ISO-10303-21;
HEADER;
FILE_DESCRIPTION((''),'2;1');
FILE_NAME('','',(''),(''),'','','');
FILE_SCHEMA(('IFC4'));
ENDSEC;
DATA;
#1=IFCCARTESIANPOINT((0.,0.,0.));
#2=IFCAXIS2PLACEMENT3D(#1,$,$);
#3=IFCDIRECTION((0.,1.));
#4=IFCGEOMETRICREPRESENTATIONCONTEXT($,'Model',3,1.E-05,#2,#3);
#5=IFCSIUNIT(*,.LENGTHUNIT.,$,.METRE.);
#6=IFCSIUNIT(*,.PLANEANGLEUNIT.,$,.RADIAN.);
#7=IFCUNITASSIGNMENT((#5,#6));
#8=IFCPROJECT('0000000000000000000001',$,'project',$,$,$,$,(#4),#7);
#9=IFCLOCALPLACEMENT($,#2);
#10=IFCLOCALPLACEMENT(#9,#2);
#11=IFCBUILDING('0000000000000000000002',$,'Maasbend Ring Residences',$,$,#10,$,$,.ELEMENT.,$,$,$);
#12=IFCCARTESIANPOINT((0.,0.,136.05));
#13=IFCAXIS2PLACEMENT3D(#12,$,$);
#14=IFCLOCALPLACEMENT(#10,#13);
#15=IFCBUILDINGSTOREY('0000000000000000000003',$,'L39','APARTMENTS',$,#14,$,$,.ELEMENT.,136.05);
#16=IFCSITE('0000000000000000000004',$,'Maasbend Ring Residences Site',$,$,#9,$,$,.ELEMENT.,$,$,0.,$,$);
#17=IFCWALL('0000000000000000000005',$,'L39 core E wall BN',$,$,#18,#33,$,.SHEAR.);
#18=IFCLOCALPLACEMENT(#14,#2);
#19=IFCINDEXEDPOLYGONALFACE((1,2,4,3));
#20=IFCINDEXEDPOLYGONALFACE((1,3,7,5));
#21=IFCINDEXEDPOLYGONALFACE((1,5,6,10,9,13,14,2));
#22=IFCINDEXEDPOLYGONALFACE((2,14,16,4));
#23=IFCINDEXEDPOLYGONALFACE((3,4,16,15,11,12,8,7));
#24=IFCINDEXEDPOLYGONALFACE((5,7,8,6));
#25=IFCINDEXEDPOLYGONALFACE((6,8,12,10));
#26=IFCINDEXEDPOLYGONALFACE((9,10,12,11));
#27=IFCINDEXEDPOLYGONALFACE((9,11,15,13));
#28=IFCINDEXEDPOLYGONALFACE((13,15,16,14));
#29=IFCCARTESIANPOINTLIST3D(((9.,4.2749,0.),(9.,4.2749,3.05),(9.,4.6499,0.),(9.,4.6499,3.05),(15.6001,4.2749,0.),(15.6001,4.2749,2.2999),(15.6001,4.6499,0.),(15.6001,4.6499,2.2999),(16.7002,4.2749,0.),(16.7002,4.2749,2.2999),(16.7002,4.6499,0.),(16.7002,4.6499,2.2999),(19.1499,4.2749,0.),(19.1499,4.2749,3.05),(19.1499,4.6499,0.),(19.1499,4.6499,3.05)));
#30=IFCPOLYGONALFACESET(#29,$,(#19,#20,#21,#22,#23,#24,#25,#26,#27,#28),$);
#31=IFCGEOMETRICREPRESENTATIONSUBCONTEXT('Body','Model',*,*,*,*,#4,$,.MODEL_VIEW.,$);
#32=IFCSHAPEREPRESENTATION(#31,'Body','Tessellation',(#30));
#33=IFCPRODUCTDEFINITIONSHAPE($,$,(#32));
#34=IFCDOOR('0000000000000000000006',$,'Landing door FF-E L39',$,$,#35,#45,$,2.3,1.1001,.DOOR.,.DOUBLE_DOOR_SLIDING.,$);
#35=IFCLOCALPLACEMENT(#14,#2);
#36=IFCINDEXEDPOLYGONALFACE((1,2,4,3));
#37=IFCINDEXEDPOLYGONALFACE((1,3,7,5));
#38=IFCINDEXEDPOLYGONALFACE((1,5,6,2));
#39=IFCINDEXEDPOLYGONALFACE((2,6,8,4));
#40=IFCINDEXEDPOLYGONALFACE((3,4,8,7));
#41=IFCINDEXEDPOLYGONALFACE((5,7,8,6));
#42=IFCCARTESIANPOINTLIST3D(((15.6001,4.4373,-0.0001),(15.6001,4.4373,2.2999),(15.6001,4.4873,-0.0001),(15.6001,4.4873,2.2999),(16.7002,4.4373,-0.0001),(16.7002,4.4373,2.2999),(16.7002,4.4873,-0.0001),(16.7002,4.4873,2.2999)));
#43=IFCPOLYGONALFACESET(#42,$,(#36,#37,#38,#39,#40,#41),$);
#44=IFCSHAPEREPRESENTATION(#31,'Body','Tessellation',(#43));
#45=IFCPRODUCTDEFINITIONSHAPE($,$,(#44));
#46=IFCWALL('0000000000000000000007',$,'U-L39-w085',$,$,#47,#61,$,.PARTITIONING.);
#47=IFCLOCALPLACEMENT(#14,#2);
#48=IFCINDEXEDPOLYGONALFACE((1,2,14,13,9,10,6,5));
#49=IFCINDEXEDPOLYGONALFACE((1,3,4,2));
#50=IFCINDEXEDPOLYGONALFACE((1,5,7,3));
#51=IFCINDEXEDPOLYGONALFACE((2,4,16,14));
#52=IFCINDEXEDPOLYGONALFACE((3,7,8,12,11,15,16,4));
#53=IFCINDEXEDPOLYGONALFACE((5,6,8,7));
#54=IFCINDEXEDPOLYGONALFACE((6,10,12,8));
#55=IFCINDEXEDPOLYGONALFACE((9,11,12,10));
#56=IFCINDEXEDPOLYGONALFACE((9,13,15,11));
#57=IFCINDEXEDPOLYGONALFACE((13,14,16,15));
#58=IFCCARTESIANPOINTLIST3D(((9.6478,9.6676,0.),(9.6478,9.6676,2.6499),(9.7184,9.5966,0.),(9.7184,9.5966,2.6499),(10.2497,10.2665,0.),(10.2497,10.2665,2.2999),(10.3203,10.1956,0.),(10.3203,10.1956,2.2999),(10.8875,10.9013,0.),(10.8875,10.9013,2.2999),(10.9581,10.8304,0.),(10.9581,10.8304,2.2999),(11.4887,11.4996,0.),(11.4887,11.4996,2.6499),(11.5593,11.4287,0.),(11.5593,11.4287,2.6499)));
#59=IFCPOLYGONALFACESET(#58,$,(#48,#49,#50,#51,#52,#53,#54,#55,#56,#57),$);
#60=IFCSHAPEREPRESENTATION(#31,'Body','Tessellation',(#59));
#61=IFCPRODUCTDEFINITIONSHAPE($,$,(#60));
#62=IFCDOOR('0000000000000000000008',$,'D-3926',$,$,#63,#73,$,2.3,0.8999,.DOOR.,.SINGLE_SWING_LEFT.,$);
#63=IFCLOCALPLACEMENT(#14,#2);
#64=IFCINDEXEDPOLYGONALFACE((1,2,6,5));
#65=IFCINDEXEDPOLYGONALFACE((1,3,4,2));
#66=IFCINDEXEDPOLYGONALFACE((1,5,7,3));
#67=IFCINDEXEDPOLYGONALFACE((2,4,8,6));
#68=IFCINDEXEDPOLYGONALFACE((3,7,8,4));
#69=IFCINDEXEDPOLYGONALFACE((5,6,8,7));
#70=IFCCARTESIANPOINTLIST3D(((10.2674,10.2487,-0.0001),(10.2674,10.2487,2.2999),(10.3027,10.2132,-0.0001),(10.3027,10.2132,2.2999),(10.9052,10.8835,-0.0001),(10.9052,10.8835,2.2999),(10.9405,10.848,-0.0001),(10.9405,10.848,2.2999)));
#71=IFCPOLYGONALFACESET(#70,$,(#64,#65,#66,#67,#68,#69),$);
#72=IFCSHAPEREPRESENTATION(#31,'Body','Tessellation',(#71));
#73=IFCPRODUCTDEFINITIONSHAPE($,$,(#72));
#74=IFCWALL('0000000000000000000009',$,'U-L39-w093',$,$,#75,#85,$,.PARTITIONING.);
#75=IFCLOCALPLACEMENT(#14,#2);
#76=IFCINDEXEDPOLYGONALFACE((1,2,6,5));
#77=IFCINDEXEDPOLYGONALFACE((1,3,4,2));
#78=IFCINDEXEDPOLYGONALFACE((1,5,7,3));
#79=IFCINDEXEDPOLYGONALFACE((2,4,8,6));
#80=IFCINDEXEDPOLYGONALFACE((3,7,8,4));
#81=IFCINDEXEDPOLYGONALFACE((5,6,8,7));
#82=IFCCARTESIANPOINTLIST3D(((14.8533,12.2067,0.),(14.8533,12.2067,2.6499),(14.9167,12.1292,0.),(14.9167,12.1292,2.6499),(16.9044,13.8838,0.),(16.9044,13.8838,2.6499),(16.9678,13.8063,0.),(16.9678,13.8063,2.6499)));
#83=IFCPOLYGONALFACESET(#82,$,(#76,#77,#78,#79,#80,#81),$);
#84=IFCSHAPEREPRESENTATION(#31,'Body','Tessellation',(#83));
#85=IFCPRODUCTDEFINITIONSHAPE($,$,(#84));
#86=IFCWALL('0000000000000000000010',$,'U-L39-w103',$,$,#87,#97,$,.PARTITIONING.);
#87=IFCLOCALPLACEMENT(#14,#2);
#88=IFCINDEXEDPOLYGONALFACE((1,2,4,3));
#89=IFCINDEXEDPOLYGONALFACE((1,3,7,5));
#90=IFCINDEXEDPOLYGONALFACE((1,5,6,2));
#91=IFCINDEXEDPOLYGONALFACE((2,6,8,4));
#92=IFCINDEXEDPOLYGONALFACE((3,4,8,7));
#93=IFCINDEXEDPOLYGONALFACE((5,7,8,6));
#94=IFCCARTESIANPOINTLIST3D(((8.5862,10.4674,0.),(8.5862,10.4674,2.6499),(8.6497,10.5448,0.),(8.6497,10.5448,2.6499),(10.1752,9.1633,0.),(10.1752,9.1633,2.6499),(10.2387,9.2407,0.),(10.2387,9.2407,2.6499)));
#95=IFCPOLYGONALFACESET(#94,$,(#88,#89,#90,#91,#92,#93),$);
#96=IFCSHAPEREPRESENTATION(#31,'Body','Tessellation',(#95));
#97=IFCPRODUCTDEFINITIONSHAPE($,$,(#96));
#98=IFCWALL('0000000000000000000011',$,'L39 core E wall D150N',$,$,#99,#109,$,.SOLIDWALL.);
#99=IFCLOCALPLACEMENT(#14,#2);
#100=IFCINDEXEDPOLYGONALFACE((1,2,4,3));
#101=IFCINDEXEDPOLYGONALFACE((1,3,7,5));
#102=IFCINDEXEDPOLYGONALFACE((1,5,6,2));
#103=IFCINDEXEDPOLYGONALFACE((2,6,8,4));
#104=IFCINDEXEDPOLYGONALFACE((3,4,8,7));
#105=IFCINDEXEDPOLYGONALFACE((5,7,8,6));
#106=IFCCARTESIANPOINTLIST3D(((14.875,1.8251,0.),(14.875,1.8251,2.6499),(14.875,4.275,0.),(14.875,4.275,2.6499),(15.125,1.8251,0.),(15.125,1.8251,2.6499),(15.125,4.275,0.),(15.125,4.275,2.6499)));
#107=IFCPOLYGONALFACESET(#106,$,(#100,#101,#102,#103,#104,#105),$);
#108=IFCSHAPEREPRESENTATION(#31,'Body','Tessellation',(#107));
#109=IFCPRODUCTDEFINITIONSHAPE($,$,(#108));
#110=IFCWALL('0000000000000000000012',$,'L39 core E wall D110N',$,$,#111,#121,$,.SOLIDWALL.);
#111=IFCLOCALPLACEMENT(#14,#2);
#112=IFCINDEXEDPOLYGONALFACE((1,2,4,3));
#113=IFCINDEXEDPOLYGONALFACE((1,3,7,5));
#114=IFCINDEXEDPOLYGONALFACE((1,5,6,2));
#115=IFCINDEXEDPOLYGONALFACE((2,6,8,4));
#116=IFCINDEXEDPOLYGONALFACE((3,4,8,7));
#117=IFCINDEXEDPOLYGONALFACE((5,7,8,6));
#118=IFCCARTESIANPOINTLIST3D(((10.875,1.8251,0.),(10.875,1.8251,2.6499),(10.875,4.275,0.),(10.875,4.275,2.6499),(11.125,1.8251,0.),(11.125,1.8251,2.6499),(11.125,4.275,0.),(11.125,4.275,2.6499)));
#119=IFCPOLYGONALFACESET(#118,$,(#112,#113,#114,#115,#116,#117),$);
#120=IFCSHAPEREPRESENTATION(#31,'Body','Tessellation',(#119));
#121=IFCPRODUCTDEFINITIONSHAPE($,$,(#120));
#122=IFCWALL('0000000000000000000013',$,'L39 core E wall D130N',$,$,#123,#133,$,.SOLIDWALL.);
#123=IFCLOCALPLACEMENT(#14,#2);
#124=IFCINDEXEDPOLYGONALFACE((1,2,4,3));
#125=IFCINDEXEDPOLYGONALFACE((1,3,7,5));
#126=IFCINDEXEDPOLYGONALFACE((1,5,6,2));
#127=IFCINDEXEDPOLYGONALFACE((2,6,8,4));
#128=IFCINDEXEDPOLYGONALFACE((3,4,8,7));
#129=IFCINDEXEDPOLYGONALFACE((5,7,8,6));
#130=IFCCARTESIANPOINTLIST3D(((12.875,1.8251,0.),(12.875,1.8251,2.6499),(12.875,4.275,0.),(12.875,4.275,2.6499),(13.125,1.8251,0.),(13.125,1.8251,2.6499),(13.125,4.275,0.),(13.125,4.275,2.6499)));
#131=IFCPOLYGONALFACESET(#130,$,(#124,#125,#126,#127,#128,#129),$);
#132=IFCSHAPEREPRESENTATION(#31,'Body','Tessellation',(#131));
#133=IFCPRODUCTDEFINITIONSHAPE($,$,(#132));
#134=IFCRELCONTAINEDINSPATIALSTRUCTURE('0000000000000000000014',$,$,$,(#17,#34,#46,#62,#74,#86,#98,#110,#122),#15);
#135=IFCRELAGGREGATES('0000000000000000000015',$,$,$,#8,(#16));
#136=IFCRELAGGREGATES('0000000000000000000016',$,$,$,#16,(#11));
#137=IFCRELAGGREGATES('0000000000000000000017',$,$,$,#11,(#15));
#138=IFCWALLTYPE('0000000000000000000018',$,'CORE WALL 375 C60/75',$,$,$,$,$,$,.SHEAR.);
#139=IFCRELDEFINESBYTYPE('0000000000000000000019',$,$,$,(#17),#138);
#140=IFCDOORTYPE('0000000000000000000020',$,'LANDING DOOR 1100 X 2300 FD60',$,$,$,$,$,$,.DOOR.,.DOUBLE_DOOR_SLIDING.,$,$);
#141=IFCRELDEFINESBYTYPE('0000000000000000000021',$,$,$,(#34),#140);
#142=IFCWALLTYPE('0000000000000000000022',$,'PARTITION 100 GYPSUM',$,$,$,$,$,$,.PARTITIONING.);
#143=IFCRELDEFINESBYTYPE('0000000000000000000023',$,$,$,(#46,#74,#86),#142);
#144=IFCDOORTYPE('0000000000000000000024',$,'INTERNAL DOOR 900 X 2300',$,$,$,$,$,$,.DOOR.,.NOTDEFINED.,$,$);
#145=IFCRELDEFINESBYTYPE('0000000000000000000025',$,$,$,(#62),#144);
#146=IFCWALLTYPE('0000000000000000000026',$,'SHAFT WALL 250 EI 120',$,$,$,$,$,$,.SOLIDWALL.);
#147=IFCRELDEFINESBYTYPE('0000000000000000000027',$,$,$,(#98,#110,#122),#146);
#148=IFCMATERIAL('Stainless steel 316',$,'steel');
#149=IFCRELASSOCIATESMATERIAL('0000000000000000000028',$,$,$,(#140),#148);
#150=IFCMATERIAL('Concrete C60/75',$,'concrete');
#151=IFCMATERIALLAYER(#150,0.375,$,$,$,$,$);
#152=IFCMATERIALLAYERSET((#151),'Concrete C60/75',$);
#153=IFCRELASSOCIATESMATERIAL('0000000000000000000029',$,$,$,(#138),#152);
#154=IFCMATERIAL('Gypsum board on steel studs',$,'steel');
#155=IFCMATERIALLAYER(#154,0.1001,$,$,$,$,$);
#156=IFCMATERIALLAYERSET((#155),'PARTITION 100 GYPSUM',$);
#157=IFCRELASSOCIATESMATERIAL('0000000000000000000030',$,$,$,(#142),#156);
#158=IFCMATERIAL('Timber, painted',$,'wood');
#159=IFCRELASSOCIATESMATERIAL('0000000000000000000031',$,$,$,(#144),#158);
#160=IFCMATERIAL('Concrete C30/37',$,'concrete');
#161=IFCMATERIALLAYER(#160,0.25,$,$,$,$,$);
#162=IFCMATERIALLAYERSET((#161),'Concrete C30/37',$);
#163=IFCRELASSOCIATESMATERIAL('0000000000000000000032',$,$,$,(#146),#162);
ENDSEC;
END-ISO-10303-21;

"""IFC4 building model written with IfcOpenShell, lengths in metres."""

from ifc_helpers import new_model, si_unit, direction, frame, frame_2d, origin, place, context, subcontext, project, spatial, rectangle, extrude, material, layer, layer_set, type_object, element, fill, save


model = new_model("IFC4")

# Units and contexts
model_context = context("Model", 3, precision=1e-05, world=origin(), true_north=direction((0.0, 1.0)))
body_context = subcontext(model_context, "Body", "Model", "MODEL_VIEW")
ifc_project = project(units=[si_unit("LENGTHUNIT", "METRE"), si_unit("PLANEANGLEUNIT", "RADIAN")], contexts=[model_context])

# Site, building, storey
site_placement = place(None, origin())
site = spatial("IfcSite", under=ifc_project, at=site_placement, Name="Maasbend Ring Residences Site", CompositionType="ELEMENT", RefElevation=0.0)
building_placement = place(site_placement, origin())
building = spatial("IfcBuilding", under=site, at=building_placement, Name="Maasbend Ring Residences", CompositionType="ELEMENT")
storey_placement = place(building_placement, frame((0.0, 0.0, 136.05)))
storey = spatial("IfcBuildingStorey", under=building, at=storey_placement, Name="L39", Description="APARTMENTS", CompositionType="ELEMENT", Elevation=136.05)

# Shared definitions
ifc_material_1 = material(Name="Stainless steel 316", Category="steel")
door_type_1 = type_object("IfcDoorType", Name="LANDING DOOR 1100 X 2300 FD60", OperationType="DOUBLE_DOOR_SLIDING", PredefinedType="DOOR", material=ifc_material_1)

# Walls, openings, doors
ifc_material_2 = material(Name="Concrete C60/75", Category="concrete")
ifc_layer_1 = layer(ifc_material_2, 0.375)
ifc_layer_set_1 = layer_set([ifc_layer_1], Name="Concrete C60/75")
wall_type_1 = type_object("IfcWallType", Name="CORE WALL 375 C60/75", PredefinedType="SHEAR", material=ifc_layer_set_1)
wall_1_placement = place(storey_placement, frame((9.0, 4.4624, 0.0), z_axis=(0.0, 0.0, 1.0), x_axis=(1.0, 0.0, 0.0)))
wall_1 = element("IfcWall", 1, at=wall_1_placement, inside=storey, type_object=wall_type_1, Name="L39 core E wall BN", PredefinedType="SHEAR", context=body_context, shape_type="SweptSolid", body=[
    extrude(rectangle(XDim=10.1499, YDim=0.375, at=frame_2d((5.075, 0.0))), origin(), (0.0, 0.0, 1.0), 3.05),
])
opening_1_placement = place(wall_1_placement, frame((6.6001, 0.0, 0.0)))
opening_1 = element("IfcOpeningElement", 2, at=opening_1_placement, cuts=wall_1, PredefinedType="OPENING", context=body_context, shape_type="SweptSolid", body=[
    extrude(rectangle(XDim=1.1001, YDim=2.3, at=frame_2d((0.55, 1.1499))), frame((0.0, 0.1975, 0.0), z_axis=(0.0, -1.0, 0.0), x_axis=(1.0, 0.0, 0.0)), (0.0, 0.0, 1.0), 0.395),
])
door_1_placement = place(opening_1_placement, origin())
door_1 = element("IfcDoor", 3, at=door_1_placement, inside=storey, type_object=door_type_1, Name="Landing door FF-E L39", OperationType="DOUBLE_DOOR_SLIDING", OverallHeight=2.3, OverallWidth=1.1001, PredefinedType="DOOR", context=body_context, shape_type="SweptSolid", body=[
    extrude(rectangle(XDim=1.1001, YDim=2.3, at=frame_2d((0.55, 1.1499))), frame((0.0, 0.0249, 0.0), z_axis=(0.0, -1.0, 0.0), x_axis=(1.0, 0.0, 0.0)), (0.0, 0.0, 1.0), 0.05),
])
fill(opening_1, door_1)
ifc_material_3 = material(Name="Gypsum board on steel studs", Category="steel")
ifc_layer_2 = layer(ifc_material_3, 0.1001)
ifc_layer_set_2 = layer_set([ifc_layer_2], Name="PARTITION 100 GYPSUM")
wall_type_2 = type_object("IfcWallType", Name="PARTITION 100 GYPSUM", PredefinedType="PARTITIONING", material=ifc_layer_set_2)
wall_2_placement = place(storey_placement, frame((9.6831, 9.6321, 0.0), z_axis=(0.0, 0.0, 1.0), x_axis=(0.708797, 0.705413, 0.0)))
wall_2 = element("IfcWall", 4, at=wall_2_placement, inside=storey, type_object=wall_type_2, Name="U-L39-w085", PredefinedType="PARTITIONING", context=body_context, shape_type="SweptSolid", body=[
    extrude(rectangle(XDim=2.5972, YDim=0.1001, at=frame_2d((1.2986, 0.0))), origin(), (0.0, 0.0, 1.0), 2.6499),
])
opening_2_placement = place(wall_2_placement, frame((0.8491, 0.0, 0.0)))
opening_2 = element("IfcOpeningElement", 5, at=opening_2_placement, cuts=wall_2, PredefinedType="OPENING", context=body_context, shape_type="SweptSolid", body=[
    extrude(rectangle(XDim=0.8999, YDim=2.3, at=frame_2d((0.45, 1.1499))), frame((0.0, 0.0601, 0.0), z_axis=(0.0, -1.0, 0.0), x_axis=(1.0, 0.0, 0.0)), (0.0, 0.0, 1.0), 0.1201),
])
ifc_material_4 = material(Name="Timber, painted", Category="wood")
door_type_2 = type_object("IfcDoorType", Name="INTERNAL DOOR 900 X 2300", OperationType="NOTDEFINED", PredefinedType="DOOR", material=ifc_material_4)
door_2_placement = place(opening_2_placement, origin())
door_2 = element("IfcDoor", 6, at=door_2_placement, inside=storey, type_object=door_type_2, Name="D-3926", OperationType="SINGLE_SWING_LEFT", OverallHeight=2.3, OverallWidth=0.8999, PredefinedType="DOOR", context=body_context, shape_type="SweptSolid", body=[
    extrude(rectangle(XDim=0.8999, YDim=2.3, at=frame_2d((0.45, 1.1499))), frame((0.0, 0.0249, 0.0), z_axis=(0.0, -1.0, 0.0), x_axis=(1.0, 0.0, 0.0)), (0.0, 0.0, 1.0), 0.05),
])
fill(opening_2, door_2)

# Walls
wall_3_placement = place(storey_placement, frame((14.885, 12.168, 0.0), z_axis=(0.0, 0.0, 1.0), x_axis=(0.774163, 0.632987, 0.0)))
element("IfcWall", 7, at=wall_3_placement, inside=storey, type_object=wall_type_2, Name="U-L39-w093", PredefinedType="PARTITIONING", context=body_context, shape_type="SweptSolid", body=[
    extrude(rectangle(XDim=2.6494, YDim=0.1001, at=frame_2d((1.3247, 0.0))), origin(), (0.0, 0.0, 1.0), 2.6499),
])
wall_4_placement = place(storey_placement, frame((8.6179, 10.5061, 0.0), z_axis=(0.0, 0.0, 1.0), x_axis=(0.772999, -0.634408, 0.0)))
element("IfcWall", 8, at=wall_4_placement, inside=storey, type_object=wall_type_2, Name="U-L39-w103", PredefinedType="PARTITIONING", context=body_context, shape_type="SweptSolid", body=[
    extrude(rectangle(XDim=2.0557, YDim=0.1001, at=frame_2d((1.0278, 0.0))), origin(), (0.0, 0.0, 1.0), 2.6499),
])
ifc_material_5 = material(Name="Concrete C30/37", Category="concrete")
ifc_layer_3 = layer(ifc_material_5, 0.25)
ifc_layer_set_3 = layer_set([ifc_layer_3], Name="Concrete C30/37")
wall_type_3 = type_object("IfcWallType", Name="SHAFT WALL 250 EI 120", PredefinedType="SOLIDWALL", material=ifc_layer_set_3)
for number, where, z_axis, x_axis, name in (
    (9, (15.0, 1.825, 0.0), (0.0, 0.0, 1.0), (0.0, 1.0, 0.0), "L39 core E wall D150N"),
    (10, (11.0, 1.825, 0.0), (0.0, 0.0, 1.0), (0.0, 1.0, 0.0), "L39 core E wall D110N"),
    (11, (13.0, 1.825, 0.0), (0.0, 0.0, 1.0), (0.0, 1.0, 0.0), "L39 core E wall D130N"),
):
    element("IfcWall", number, at=place(storey_placement, frame(where, z_axis=z_axis, x_axis=x_axis)), inside=storey, type_object=wall_type_3, Name=name, PredefinedType="SOLIDWALL", context=body_context, shape_type="SweptSolid", body=[
        extrude(rectangle(XDim=2.45, YDim=0.25, at=frame_2d((1.2251, 0.0))), origin(), (0.0, 0.0, 1.0), 2.6499),
    ])

save(model, "model.ifc")
